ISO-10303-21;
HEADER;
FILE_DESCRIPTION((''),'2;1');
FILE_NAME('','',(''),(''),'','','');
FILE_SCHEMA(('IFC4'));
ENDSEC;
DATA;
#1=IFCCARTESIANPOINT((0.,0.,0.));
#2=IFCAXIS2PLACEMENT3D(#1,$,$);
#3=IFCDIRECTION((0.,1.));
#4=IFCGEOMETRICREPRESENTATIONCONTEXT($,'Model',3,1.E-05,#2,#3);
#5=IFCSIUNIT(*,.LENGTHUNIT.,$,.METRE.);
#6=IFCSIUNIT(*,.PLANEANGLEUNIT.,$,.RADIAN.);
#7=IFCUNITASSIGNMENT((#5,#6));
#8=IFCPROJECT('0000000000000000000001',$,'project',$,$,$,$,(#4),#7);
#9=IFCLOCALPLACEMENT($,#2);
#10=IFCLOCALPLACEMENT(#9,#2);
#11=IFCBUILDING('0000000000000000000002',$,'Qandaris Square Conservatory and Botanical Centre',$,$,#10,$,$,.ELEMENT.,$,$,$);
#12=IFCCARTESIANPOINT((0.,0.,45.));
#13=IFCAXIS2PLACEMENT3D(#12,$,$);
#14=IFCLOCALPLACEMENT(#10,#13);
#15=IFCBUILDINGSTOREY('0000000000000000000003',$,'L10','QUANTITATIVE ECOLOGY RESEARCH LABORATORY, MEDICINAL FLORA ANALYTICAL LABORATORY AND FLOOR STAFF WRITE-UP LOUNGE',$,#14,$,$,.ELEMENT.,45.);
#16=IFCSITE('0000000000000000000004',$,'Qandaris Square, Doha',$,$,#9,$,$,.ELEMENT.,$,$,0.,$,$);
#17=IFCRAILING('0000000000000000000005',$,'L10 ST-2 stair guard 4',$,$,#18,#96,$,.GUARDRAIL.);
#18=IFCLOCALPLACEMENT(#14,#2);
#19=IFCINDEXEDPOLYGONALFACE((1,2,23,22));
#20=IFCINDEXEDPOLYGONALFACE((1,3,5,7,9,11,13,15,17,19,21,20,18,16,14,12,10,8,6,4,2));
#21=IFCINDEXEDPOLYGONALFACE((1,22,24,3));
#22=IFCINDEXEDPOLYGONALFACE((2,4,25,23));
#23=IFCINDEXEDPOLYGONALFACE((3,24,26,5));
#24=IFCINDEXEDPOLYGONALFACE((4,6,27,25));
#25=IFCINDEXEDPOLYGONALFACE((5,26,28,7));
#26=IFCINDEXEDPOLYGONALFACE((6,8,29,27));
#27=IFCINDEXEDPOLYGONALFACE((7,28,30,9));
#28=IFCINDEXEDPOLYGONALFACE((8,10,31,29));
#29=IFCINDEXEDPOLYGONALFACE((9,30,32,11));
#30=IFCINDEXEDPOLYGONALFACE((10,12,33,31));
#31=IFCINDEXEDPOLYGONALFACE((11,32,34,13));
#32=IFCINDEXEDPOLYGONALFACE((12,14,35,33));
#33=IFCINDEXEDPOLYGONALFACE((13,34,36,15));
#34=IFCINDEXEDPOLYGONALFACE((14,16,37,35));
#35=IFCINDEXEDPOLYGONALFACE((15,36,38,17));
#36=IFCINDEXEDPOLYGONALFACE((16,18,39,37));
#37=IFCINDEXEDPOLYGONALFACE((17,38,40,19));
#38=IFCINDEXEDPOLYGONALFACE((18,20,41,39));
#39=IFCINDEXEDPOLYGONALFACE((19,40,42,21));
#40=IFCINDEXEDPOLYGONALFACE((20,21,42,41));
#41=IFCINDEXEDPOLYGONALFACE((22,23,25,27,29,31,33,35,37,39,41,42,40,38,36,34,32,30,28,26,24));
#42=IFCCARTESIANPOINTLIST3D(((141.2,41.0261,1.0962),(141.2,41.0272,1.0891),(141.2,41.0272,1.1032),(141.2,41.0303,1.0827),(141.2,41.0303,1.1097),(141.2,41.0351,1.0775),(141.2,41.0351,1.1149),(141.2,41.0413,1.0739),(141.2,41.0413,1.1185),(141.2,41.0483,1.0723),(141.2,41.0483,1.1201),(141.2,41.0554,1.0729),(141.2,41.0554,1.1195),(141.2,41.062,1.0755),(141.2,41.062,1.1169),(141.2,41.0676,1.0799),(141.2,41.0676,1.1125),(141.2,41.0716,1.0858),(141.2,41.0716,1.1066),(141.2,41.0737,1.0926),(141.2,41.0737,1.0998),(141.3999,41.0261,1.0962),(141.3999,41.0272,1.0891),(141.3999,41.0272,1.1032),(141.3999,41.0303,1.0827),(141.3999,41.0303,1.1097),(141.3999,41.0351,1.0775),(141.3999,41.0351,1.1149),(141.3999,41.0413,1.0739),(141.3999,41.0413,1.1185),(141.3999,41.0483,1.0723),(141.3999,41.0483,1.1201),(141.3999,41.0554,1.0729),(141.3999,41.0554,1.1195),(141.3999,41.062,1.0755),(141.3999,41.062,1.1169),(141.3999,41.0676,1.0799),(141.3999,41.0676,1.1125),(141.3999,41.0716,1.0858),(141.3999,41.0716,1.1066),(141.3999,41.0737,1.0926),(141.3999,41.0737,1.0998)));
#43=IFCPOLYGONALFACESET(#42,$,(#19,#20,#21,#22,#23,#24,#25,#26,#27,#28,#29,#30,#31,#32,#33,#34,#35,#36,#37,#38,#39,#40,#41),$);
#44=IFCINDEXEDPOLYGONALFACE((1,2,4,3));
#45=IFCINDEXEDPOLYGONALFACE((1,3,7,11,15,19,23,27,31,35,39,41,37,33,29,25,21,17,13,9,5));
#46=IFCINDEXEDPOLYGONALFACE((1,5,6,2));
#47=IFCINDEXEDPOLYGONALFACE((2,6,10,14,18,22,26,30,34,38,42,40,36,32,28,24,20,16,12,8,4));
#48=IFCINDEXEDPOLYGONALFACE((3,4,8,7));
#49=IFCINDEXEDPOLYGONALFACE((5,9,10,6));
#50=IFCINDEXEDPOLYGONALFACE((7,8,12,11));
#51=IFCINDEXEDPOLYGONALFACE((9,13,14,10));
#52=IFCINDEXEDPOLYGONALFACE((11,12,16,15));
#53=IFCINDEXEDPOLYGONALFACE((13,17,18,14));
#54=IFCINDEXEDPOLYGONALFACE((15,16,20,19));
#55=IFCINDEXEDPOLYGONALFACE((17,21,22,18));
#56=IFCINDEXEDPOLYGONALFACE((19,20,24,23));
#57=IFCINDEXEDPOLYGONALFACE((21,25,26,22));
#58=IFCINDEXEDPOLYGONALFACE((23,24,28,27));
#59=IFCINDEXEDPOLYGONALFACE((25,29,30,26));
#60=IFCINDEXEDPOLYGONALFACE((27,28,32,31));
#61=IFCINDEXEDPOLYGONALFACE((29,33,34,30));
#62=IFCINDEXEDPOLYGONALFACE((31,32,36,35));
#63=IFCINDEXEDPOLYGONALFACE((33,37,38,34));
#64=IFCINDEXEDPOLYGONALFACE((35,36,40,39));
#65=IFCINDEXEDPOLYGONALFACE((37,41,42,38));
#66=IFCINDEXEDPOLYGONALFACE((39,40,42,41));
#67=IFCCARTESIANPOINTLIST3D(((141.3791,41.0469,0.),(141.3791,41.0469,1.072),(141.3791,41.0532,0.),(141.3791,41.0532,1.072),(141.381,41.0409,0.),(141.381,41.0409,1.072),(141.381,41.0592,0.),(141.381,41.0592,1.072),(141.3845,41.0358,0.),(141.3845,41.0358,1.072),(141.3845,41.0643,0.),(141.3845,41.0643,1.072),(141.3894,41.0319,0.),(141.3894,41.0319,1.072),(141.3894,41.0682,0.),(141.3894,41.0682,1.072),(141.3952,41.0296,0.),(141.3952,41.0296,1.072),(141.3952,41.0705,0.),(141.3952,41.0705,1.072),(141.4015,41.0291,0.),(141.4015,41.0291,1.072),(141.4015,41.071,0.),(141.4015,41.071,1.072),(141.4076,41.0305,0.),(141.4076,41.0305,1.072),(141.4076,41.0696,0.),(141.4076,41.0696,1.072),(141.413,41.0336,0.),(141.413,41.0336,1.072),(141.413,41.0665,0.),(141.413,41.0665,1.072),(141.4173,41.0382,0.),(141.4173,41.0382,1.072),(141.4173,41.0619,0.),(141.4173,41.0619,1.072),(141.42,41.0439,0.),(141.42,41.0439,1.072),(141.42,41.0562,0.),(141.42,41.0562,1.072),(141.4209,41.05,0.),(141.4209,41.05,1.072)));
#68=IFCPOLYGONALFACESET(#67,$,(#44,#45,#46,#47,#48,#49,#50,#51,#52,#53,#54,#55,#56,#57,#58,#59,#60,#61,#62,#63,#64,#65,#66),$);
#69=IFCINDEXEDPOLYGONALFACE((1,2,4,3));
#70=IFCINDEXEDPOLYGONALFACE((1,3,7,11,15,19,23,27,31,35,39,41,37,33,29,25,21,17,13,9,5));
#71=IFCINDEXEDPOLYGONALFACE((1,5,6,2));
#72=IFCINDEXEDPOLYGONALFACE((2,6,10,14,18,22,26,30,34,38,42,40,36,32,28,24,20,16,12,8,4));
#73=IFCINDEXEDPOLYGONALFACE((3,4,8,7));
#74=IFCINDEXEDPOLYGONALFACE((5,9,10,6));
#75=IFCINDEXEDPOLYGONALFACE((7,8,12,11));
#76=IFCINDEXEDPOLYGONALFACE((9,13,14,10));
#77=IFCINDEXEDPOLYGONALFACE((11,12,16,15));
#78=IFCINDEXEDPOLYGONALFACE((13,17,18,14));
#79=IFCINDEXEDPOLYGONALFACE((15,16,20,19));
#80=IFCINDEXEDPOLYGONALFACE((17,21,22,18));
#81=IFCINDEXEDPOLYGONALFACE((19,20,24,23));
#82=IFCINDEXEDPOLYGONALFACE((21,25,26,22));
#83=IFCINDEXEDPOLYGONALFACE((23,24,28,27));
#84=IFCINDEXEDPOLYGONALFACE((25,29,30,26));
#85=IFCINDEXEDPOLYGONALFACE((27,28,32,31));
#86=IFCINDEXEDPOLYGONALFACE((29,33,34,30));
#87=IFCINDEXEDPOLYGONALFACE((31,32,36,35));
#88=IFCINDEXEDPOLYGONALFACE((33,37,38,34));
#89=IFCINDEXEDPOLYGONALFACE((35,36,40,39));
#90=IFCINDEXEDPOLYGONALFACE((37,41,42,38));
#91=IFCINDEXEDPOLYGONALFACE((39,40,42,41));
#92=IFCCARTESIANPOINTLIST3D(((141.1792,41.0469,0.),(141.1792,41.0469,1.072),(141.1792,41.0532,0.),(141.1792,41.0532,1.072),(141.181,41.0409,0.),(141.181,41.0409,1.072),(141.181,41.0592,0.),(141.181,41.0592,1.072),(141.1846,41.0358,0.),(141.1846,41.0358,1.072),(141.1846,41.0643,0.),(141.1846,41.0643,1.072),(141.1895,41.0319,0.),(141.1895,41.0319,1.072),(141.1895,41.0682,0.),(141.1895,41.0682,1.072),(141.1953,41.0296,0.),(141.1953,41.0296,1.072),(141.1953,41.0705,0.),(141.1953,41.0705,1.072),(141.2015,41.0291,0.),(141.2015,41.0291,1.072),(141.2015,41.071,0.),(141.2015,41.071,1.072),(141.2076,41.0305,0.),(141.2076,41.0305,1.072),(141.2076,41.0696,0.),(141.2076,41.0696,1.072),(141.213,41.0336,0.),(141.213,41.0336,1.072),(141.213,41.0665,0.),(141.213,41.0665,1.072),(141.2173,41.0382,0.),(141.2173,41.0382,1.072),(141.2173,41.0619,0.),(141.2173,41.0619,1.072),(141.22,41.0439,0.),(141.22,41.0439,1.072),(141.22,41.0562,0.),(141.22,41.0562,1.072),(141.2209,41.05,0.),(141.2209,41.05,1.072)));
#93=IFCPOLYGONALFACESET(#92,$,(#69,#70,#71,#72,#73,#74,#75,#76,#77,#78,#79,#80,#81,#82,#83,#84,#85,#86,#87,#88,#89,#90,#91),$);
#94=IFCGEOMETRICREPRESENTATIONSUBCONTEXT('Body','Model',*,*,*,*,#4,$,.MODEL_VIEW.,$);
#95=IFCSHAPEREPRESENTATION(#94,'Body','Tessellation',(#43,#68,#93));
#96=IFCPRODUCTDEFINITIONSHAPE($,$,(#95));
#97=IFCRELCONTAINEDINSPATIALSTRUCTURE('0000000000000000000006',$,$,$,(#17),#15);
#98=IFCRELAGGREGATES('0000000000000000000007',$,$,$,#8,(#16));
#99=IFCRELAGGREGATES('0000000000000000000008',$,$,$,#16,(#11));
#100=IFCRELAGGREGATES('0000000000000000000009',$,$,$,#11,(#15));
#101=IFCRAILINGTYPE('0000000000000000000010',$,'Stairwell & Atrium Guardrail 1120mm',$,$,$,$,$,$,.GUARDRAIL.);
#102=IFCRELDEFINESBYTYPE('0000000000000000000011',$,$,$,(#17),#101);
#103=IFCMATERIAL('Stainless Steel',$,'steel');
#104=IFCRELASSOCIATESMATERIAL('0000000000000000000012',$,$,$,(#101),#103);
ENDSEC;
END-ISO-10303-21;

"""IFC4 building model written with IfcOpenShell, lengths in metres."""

from ifc_helpers import new_model, si_unit, direction, frame, origin, origin_2d, place, context, subcontext, project, spatial, circle, extrude, material, type_object, element, save


model = new_model("IFC4")

# Units and contexts
model_context = context("Model", 3, precision=1e-05, world=origin(), true_north=direction((0.0, 1.0)))
body_context = subcontext(model_context, "Body", "Model", "MODEL_VIEW")
ifc_project = project(units=[si_unit("LENGTHUNIT", "METRE"), si_unit("PLANEANGLEUNIT", "RADIAN")], contexts=[model_context])

# Site, building, storey
site_placement = place(None, origin())
site = spatial("IfcSite", under=ifc_project, at=site_placement, Name="Qandaris Square, Doha", CompositionType="ELEMENT", RefElevation=0.0)
building_placement = place(site_placement, origin())
building = spatial("IfcBuilding", under=site, at=building_placement, Name="Qandaris Square Conservatory and Botanical Centre", CompositionType="ELEMENT")
storey_placement = place(building_placement, frame((0.0, 0.0, 45.0)))
storey = spatial("IfcBuildingStorey", under=building, at=storey_placement, Name="L10", Description="QUANTITATIVE ECOLOGY RESEARCH LABORATORY, MEDICINAL FLORA ANALYTICAL LABORATORY AND FLOOR STAFF WRITE-UP LOUNGE", CompositionType="ELEMENT", Elevation=45.0)

# Railing
ifc_material_1 = material(Name="Stainless Steel", Category="steel")
railing_type_1 = type_object("IfcRailingType", Name="Stairwell & Atrium Guardrail 1120mm", PredefinedType="GUARDRAIL", material=ifc_material_1)
railing_1_placement = place(storey_placement, frame((141.3999, 41.05, 0.0)))
element("IfcRailing", 1, at=railing_1_placement, inside=storey, type_object=railing_type_1, Name="L10 ST-2 stair guard 4", PredefinedType="GUARDRAIL", context=body_context, shape_type="SweptSolid", body=[
    extrude(circle(Radius=0.0239, at=origin_2d()), frame((0.0, 0.0, 1.0962), z_axis=(-1.0, 0.0, 0.0), x_axis=(0.0, -1.0, 0.0)), (0.0, 0.0, 1.0), 0.2),
    extrude(circle(Radius=0.021, at=origin_2d()), origin(), (0.0, 0.0, 1.0), 1.072),
    extrude(circle(Radius=0.021, at=origin_2d()), frame((-0.2, 0.0, 0.0)), (0.0, 0.0, 1.0), 1.072),
])

save(model, "model.ifc")
